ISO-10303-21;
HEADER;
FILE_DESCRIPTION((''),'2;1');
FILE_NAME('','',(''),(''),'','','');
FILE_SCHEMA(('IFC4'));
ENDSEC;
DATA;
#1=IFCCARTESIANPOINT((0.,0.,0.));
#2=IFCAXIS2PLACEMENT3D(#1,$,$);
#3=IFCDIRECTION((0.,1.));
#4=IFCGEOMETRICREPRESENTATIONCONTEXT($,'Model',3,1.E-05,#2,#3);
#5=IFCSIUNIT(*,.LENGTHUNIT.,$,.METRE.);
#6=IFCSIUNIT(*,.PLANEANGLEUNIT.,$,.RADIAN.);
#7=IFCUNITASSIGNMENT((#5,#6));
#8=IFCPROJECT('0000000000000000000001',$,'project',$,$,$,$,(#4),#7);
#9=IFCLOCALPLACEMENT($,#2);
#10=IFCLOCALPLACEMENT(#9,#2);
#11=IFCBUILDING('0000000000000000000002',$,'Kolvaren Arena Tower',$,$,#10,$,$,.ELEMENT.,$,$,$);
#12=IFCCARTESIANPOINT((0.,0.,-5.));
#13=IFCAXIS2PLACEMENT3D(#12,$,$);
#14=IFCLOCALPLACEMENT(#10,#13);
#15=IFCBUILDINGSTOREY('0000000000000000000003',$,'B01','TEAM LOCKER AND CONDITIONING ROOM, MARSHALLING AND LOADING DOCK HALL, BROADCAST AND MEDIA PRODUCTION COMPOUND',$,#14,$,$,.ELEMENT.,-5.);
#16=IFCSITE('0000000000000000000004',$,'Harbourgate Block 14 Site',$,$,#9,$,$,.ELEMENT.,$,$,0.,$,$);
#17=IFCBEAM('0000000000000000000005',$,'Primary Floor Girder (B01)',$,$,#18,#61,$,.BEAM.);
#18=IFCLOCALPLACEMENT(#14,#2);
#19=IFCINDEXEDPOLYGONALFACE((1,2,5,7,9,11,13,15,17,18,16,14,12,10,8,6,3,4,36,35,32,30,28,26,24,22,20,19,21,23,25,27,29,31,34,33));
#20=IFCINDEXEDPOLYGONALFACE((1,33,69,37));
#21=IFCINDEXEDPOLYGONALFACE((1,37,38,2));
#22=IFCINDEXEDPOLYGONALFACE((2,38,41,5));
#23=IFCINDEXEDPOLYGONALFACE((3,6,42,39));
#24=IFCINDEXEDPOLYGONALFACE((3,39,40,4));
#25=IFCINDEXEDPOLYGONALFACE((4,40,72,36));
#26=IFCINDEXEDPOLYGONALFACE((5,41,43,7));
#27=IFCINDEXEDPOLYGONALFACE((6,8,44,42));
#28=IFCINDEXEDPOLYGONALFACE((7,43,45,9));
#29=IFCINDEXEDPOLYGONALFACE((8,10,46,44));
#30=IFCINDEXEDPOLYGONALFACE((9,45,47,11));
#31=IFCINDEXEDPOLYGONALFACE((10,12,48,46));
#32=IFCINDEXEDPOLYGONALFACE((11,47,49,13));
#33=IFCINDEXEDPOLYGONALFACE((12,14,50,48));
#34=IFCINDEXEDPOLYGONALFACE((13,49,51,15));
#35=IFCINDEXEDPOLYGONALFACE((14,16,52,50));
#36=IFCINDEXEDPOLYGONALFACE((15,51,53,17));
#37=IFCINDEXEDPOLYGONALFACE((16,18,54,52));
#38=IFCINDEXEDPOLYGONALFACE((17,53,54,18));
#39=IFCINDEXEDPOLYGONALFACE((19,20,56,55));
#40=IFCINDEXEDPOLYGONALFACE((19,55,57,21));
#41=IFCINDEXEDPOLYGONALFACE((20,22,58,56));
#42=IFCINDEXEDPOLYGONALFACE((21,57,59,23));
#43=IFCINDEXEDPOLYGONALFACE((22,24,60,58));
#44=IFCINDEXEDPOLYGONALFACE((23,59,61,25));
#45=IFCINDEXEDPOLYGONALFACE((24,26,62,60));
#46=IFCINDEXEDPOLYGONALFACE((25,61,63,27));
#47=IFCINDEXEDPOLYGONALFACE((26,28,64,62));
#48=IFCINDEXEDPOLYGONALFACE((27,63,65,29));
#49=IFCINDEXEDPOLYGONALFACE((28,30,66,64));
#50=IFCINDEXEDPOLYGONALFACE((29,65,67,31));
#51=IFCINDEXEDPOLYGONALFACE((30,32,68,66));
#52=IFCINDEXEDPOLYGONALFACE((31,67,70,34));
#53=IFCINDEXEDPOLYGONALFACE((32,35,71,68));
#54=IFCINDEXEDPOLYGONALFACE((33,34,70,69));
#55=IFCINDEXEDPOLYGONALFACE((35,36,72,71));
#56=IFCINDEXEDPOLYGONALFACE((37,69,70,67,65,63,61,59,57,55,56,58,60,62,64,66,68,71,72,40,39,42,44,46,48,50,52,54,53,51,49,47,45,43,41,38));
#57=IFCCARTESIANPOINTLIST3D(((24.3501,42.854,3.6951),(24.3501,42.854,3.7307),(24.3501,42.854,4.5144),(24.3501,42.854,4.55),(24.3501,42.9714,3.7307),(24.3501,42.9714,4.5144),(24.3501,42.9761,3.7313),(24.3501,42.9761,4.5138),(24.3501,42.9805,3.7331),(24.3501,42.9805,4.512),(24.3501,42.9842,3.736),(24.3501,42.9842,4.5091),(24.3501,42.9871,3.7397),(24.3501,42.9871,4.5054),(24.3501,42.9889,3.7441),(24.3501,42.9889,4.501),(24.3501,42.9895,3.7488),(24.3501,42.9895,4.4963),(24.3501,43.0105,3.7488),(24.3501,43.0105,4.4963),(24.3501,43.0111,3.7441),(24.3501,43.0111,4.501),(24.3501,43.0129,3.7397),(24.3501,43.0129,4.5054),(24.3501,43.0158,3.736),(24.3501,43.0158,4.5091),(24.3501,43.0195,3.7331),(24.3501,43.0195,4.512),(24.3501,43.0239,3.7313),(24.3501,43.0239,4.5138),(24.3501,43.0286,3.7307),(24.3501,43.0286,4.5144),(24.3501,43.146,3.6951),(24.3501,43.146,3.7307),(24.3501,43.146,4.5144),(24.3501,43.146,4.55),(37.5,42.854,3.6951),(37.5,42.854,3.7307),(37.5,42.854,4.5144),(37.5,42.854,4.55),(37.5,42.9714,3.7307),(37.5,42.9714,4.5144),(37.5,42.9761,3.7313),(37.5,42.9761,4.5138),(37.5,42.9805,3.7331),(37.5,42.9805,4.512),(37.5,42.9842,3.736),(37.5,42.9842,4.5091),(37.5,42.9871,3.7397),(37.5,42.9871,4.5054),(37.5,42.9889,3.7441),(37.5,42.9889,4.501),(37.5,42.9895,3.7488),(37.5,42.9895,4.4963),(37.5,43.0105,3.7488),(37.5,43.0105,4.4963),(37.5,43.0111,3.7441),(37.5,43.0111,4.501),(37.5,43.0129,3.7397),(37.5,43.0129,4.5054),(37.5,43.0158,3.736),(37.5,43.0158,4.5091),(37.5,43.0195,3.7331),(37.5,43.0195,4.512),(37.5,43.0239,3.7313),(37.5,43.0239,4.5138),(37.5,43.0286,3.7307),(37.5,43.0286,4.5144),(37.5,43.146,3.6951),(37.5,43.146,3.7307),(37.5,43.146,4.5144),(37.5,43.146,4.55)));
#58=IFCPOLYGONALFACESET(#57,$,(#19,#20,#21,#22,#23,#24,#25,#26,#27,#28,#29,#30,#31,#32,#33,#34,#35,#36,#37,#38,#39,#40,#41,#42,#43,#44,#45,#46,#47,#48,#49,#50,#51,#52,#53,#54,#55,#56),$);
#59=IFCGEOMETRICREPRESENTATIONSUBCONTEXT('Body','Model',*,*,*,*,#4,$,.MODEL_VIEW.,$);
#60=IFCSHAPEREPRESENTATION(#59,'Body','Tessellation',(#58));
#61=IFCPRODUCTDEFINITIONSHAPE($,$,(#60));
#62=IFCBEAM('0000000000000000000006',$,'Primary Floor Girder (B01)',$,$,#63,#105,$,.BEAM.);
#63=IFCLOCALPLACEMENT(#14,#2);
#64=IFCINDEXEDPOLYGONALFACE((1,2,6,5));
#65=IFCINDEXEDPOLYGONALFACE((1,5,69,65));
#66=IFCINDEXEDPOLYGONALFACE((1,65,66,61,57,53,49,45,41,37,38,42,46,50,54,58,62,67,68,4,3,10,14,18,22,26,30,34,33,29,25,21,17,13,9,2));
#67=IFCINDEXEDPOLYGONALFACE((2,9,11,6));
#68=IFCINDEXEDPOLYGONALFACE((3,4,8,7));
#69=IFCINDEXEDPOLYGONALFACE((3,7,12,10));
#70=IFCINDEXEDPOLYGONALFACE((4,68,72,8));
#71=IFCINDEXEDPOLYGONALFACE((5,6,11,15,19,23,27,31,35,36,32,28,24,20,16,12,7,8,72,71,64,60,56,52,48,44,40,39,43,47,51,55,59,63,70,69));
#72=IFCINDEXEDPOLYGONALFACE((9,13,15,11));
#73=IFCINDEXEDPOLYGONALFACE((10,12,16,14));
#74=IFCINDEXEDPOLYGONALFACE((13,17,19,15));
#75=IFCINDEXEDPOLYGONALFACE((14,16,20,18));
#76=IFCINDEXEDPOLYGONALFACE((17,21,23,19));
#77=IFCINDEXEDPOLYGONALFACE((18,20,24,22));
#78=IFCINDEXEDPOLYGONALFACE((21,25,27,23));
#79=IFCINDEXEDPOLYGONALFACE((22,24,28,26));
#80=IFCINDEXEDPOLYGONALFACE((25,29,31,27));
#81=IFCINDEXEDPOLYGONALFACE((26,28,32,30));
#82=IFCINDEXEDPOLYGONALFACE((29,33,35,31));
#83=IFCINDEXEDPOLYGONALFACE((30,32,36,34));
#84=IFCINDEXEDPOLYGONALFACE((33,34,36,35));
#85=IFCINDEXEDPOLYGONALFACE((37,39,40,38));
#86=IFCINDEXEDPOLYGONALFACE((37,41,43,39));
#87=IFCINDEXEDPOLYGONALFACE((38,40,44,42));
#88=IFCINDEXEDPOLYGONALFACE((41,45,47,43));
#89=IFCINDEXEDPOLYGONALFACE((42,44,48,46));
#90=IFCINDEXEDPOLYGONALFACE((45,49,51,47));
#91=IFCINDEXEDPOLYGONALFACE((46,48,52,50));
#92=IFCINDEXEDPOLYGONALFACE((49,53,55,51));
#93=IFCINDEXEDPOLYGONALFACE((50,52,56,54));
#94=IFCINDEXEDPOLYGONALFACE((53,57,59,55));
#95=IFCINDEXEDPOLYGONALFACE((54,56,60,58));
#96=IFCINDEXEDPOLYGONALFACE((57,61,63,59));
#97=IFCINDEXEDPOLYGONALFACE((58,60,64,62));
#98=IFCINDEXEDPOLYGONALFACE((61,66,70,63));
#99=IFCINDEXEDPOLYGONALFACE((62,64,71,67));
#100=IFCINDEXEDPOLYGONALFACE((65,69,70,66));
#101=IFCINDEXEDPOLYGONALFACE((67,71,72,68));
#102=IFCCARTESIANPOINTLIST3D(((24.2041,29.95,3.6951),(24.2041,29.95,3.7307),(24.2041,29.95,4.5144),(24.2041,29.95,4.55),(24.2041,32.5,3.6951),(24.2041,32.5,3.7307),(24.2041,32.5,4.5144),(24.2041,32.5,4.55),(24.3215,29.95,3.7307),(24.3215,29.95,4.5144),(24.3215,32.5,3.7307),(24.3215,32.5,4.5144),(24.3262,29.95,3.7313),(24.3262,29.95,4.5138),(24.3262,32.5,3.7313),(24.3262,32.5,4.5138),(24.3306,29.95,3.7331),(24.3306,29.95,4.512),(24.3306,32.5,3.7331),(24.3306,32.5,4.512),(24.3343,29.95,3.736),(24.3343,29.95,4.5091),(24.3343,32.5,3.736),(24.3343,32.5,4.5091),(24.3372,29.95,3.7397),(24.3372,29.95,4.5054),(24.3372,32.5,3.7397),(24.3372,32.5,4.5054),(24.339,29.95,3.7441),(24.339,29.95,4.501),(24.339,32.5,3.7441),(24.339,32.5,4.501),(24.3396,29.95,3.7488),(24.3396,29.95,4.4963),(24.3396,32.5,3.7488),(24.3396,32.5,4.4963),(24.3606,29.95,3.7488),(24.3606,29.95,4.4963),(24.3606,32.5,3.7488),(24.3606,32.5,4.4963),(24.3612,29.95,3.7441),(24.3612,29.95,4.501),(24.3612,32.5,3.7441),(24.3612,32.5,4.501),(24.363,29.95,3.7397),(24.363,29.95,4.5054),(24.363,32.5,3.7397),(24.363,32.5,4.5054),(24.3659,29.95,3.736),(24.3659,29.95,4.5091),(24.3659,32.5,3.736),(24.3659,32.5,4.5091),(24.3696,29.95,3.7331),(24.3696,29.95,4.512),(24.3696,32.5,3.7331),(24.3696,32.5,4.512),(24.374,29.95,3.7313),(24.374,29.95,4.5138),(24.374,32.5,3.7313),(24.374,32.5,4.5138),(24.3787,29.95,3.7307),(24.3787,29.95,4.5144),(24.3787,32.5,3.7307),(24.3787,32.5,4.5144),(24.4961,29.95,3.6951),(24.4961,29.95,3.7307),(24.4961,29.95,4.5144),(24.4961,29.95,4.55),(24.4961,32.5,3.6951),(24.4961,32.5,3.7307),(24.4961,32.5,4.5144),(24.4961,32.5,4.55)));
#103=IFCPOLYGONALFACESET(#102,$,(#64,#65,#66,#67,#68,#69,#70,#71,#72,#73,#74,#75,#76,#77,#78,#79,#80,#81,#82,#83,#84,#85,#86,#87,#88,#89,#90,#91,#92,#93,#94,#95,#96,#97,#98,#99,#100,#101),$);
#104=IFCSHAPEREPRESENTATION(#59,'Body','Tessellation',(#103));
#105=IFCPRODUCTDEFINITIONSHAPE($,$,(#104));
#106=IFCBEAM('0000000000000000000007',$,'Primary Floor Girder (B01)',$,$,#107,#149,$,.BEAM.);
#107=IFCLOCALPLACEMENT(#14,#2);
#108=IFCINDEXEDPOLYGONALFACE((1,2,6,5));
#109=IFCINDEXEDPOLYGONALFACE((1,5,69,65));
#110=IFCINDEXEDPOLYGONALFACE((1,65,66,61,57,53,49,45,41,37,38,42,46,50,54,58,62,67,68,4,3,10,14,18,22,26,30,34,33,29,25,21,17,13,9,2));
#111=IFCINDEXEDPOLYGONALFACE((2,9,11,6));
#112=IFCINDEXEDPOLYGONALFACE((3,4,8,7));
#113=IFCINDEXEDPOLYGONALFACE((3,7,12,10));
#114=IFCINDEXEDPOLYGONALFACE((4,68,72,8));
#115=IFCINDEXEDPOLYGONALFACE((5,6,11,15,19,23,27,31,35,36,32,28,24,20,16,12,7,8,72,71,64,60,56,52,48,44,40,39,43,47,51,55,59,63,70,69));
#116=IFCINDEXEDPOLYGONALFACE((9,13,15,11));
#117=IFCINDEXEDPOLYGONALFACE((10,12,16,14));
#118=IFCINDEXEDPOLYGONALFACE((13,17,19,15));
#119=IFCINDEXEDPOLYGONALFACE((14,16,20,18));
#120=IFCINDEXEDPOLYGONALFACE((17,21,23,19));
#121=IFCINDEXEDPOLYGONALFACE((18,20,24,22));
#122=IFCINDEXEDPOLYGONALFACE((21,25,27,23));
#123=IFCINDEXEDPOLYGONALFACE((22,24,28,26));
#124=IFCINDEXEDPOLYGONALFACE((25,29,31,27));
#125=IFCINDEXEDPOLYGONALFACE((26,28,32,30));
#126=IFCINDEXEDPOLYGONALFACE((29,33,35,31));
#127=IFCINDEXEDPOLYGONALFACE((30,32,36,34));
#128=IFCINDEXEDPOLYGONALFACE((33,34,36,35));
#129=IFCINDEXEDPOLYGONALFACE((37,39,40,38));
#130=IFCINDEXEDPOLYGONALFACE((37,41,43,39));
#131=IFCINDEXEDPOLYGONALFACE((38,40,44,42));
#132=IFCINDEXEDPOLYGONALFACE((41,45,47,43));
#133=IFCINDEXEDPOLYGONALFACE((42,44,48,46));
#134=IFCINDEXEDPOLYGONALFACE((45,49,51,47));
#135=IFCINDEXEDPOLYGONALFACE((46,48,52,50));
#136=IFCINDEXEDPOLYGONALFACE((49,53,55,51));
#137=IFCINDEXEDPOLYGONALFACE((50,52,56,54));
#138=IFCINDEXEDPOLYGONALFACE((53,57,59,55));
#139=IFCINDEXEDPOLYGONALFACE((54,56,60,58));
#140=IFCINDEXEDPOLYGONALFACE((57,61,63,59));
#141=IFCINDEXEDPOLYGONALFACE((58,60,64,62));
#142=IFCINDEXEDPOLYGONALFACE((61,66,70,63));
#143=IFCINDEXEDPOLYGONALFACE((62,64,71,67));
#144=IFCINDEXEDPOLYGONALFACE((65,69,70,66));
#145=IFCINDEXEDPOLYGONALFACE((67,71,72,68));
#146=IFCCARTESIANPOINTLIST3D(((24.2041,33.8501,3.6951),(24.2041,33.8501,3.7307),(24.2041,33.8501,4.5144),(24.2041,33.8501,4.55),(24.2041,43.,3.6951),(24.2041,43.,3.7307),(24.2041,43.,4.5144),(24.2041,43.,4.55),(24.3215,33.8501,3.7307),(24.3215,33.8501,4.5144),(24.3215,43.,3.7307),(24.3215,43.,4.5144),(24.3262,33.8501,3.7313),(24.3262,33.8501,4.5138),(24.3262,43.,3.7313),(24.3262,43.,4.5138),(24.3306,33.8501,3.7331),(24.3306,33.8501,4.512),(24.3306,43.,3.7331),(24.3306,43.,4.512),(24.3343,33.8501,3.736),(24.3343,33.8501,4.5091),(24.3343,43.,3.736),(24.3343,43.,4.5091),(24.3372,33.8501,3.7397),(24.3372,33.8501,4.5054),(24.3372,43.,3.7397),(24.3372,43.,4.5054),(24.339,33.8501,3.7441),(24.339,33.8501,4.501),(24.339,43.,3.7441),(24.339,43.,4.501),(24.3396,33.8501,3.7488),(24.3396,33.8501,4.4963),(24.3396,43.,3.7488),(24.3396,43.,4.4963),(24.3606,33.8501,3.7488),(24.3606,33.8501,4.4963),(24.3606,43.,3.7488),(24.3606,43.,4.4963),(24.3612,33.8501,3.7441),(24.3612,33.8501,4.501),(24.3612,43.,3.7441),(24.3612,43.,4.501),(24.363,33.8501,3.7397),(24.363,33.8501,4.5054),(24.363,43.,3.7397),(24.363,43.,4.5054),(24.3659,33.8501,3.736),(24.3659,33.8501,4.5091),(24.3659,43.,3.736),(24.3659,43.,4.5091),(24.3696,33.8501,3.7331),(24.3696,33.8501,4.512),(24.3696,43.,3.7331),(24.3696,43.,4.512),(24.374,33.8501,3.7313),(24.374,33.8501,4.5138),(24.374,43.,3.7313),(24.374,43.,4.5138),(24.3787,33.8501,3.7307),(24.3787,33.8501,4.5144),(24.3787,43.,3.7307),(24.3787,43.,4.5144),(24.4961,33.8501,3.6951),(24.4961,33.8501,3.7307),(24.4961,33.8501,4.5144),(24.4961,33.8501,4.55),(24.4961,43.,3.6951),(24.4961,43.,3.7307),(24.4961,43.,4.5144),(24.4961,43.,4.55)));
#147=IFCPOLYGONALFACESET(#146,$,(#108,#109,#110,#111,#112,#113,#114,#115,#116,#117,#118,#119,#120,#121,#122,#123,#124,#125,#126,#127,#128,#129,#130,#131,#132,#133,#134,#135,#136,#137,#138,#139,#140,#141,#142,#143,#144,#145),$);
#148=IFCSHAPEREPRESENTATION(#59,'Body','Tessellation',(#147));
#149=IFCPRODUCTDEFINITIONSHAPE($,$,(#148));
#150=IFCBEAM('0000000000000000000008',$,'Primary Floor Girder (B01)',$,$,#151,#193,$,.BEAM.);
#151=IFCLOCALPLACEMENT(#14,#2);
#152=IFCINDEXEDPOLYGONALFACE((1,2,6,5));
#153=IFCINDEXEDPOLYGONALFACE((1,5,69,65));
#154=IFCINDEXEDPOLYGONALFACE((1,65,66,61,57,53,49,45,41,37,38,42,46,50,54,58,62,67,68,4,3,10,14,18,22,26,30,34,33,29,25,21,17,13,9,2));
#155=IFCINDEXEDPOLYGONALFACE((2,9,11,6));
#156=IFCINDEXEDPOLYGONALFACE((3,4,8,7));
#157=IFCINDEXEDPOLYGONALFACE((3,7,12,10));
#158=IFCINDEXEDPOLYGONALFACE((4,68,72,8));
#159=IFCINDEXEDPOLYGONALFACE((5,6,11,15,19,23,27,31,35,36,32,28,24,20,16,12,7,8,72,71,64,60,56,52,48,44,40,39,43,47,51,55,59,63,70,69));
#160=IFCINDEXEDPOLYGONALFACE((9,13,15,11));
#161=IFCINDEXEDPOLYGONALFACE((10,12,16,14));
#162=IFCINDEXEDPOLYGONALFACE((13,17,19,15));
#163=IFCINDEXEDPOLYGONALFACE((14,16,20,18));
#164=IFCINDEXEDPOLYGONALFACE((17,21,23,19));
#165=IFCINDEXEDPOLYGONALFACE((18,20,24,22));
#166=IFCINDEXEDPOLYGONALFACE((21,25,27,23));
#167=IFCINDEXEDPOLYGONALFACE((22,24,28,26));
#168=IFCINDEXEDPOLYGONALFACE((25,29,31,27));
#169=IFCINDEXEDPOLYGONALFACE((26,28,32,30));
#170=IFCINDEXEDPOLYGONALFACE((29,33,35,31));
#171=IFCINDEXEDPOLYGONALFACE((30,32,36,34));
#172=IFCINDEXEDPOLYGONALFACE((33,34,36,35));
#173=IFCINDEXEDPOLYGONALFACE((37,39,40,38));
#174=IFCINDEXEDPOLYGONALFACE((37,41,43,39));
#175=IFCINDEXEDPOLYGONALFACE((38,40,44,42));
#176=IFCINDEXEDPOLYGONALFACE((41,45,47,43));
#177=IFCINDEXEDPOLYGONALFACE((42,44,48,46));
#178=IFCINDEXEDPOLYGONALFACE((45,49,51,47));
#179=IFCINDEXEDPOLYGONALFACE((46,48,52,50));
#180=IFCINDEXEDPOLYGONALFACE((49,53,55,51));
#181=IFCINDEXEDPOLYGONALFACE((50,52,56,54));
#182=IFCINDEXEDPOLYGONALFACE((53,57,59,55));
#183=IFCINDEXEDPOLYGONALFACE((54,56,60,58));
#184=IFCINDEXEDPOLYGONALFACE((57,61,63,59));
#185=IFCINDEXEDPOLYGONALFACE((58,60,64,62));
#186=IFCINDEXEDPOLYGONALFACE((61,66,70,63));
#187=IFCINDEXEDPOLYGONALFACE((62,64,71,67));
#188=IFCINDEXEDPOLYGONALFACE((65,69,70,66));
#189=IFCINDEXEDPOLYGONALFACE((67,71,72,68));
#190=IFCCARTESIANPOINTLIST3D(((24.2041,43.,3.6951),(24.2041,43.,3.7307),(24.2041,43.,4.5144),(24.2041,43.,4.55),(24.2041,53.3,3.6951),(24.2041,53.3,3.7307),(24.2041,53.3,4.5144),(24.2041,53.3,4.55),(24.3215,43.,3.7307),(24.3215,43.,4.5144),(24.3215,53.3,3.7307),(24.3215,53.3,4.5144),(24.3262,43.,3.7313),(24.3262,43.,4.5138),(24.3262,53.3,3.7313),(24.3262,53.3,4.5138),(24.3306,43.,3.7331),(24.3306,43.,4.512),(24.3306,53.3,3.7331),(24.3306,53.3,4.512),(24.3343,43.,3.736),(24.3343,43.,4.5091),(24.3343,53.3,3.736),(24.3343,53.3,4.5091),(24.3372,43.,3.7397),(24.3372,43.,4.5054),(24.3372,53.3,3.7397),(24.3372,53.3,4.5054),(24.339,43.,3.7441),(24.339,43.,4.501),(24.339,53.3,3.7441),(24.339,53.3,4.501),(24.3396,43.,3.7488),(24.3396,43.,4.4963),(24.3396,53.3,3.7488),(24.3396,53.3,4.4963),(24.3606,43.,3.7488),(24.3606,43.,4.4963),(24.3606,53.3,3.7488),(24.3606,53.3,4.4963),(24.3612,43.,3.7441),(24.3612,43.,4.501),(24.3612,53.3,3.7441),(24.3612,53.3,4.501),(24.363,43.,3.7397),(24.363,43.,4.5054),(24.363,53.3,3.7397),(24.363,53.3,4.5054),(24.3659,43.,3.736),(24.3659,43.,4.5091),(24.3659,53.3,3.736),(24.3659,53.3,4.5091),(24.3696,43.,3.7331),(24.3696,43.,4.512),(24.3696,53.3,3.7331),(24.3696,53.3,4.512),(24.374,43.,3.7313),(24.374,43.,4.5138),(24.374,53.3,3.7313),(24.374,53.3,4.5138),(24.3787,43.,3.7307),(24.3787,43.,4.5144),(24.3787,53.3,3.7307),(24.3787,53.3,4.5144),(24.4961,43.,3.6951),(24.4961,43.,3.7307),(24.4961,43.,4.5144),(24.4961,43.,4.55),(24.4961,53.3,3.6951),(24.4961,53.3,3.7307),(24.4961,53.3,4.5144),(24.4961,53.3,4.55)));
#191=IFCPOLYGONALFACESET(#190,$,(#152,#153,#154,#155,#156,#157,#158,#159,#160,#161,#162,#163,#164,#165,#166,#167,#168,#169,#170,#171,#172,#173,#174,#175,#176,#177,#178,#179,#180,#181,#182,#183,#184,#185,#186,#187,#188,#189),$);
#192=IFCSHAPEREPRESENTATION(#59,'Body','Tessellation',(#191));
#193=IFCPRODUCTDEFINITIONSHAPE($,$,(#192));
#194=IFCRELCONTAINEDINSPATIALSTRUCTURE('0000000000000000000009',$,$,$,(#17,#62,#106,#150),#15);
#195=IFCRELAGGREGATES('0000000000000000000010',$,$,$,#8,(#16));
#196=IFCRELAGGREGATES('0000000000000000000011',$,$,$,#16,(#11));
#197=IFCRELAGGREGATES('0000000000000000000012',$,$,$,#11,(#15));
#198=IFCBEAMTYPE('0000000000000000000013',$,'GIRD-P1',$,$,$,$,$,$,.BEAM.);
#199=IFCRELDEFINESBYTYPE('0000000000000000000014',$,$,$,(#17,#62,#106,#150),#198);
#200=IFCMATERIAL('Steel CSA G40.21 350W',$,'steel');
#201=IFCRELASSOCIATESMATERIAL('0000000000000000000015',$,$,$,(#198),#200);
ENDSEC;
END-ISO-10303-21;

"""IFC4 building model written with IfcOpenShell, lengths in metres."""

from ifc_helpers import new_model, si_unit, direction, frame, origin, origin_2d, place, context, subcontext, project, spatial, i_section, extrude, material, material_profile, profile_set, type_object, element, save


model = new_model("IFC4")

# Units and contexts
model_context = context("Model", 3, precision=1e-05, world=origin(), true_north=direction((0.0, 1.0)))
body_context = subcontext(model_context, "Body", "Model", "MODEL_VIEW")
ifc_project = project(units=[si_unit("LENGTHUNIT", "METRE"), si_unit("PLANEANGLEUNIT", "RADIAN")], contexts=[model_context])

# Site, building, storey
site_placement = place(None, origin())
site = spatial("IfcSite", under=ifc_project, at=site_placement, Name="Harbourgate Block 14 Site", CompositionType="ELEMENT", RefElevation=0.0)
building_placement = place(site_placement, origin())
building = spatial("IfcBuilding", under=site, at=building_placement, Name="Kolvaren Arena Tower", CompositionType="ELEMENT")
storey_placement = place(building_placement, frame((0.0, 0.0, -5.0)))
storey = spatial("IfcBuildingStorey", under=building, at=storey_placement, Name="B01", Description="TEAM LOCKER AND CONDITIONING ROOM, MARSHALLING AND LOADING DOCK HALL, BROADCAST AND MEDIA PRODUCTION COMPOUND", CompositionType="ELEMENT", Elevation=-5.0)

# Beams
ifc_material_1 = material(Name="Steel CSA G40.21 350W", Category="steel")
ifc_material_profile_1 = material_profile(ifc_material_1, i_section(OverallWidth=0.292, OverallDepth=0.855, WebThickness=0.021, FlangeThickness=0.0356, FilletRadius=0.0181, at=origin_2d()), Name="W840x299")
ifc_profile_set_1 = profile_set([ifc_material_profile_1], Name="Steel CSA G40.21 350W")
beam_type_1 = type_object("IfcBeamType", Name="GIRD-P1", PredefinedType="BEAM", material=ifc_profile_set_1)
beam_1_placement = place(storey_placement, frame((24.3501, 43.0, 4.1226), z_axis=(1.0, 0.0, 0.0), x_axis=(0.0, 1.0, 0.0)))
element("IfcBeam", 1, at=beam_1_placement, inside=storey, type_object=beam_type_1, Name="Primary Floor Girder (B01)", PredefinedType="BEAM", context=body_context, shape_type="SweptSolid", body=[
    extrude(i_section(OverallWidth=0.292, OverallDepth=0.855, WebThickness=0.021, FlangeThickness=0.0356, FilletRadius=0.0181, at=origin_2d()), origin(), (0.0, 0.0, 1.0), 13.1499),
])
beam_2_placement = place(storey_placement, frame((24.3501, 29.95, 4.1226), z_axis=(0.0, 1.0, 0.0), x_axis=(-1.0, 0.0, 0.0)))
element("IfcBeam", 2, at=beam_2_placement, inside=storey, type_object=beam_type_1, Name="Primary Floor Girder (B01)", PredefinedType="BEAM", context=body_context, shape_type="SweptSolid", body=[
    extrude(i_section(OverallWidth=0.292, OverallDepth=0.855, WebThickness=0.021, FlangeThickness=0.0356, FilletRadius=0.0181, at=origin_2d()), origin(), (0.0, 0.0, 1.0), 2.55),
])
beam_3_placement = place(storey_placement, frame((24.3501, 33.8501, 4.1226), z_axis=(0.0, 1.0, 0.0), x_axis=(-1.0, 0.0, 0.0)))
element("IfcBeam", 3, at=beam_3_placement, inside=storey, type_object=beam_type_1, Name="Primary Floor Girder (B01)", PredefinedType="BEAM", context=body_context, shape_type="SweptSolid", body=[
    extrude(i_section(OverallWidth=0.292, OverallDepth=0.855, WebThickness=0.021, FlangeThickness=0.0356, FilletRadius=0.0181, at=origin_2d()), origin(), (0.0, 0.0, 1.0), 9.1499),
])
beam_4_placement = place(storey_placement, frame((24.3501, 43.0, 4.1226), z_axis=(0.0, 1.0, 0.0), x_axis=(-1.0, 0.0, 0.0)))
element("IfcBeam", 4, at=beam_4_placement, inside=storey, type_object=beam_type_1, Name="Primary Floor Girder (B01)", PredefinedType="BEAM", context=body_context, shape_type="SweptSolid", body=[
    extrude(i_section(OverallWidth=0.292, OverallDepth=0.855, WebThickness=0.021, FlangeThickness=0.0356, FilletRadius=0.0181, at=origin_2d()), origin(), (0.0, 0.0, 1.0), 10.3),
])

save(model, "model.ifc")
